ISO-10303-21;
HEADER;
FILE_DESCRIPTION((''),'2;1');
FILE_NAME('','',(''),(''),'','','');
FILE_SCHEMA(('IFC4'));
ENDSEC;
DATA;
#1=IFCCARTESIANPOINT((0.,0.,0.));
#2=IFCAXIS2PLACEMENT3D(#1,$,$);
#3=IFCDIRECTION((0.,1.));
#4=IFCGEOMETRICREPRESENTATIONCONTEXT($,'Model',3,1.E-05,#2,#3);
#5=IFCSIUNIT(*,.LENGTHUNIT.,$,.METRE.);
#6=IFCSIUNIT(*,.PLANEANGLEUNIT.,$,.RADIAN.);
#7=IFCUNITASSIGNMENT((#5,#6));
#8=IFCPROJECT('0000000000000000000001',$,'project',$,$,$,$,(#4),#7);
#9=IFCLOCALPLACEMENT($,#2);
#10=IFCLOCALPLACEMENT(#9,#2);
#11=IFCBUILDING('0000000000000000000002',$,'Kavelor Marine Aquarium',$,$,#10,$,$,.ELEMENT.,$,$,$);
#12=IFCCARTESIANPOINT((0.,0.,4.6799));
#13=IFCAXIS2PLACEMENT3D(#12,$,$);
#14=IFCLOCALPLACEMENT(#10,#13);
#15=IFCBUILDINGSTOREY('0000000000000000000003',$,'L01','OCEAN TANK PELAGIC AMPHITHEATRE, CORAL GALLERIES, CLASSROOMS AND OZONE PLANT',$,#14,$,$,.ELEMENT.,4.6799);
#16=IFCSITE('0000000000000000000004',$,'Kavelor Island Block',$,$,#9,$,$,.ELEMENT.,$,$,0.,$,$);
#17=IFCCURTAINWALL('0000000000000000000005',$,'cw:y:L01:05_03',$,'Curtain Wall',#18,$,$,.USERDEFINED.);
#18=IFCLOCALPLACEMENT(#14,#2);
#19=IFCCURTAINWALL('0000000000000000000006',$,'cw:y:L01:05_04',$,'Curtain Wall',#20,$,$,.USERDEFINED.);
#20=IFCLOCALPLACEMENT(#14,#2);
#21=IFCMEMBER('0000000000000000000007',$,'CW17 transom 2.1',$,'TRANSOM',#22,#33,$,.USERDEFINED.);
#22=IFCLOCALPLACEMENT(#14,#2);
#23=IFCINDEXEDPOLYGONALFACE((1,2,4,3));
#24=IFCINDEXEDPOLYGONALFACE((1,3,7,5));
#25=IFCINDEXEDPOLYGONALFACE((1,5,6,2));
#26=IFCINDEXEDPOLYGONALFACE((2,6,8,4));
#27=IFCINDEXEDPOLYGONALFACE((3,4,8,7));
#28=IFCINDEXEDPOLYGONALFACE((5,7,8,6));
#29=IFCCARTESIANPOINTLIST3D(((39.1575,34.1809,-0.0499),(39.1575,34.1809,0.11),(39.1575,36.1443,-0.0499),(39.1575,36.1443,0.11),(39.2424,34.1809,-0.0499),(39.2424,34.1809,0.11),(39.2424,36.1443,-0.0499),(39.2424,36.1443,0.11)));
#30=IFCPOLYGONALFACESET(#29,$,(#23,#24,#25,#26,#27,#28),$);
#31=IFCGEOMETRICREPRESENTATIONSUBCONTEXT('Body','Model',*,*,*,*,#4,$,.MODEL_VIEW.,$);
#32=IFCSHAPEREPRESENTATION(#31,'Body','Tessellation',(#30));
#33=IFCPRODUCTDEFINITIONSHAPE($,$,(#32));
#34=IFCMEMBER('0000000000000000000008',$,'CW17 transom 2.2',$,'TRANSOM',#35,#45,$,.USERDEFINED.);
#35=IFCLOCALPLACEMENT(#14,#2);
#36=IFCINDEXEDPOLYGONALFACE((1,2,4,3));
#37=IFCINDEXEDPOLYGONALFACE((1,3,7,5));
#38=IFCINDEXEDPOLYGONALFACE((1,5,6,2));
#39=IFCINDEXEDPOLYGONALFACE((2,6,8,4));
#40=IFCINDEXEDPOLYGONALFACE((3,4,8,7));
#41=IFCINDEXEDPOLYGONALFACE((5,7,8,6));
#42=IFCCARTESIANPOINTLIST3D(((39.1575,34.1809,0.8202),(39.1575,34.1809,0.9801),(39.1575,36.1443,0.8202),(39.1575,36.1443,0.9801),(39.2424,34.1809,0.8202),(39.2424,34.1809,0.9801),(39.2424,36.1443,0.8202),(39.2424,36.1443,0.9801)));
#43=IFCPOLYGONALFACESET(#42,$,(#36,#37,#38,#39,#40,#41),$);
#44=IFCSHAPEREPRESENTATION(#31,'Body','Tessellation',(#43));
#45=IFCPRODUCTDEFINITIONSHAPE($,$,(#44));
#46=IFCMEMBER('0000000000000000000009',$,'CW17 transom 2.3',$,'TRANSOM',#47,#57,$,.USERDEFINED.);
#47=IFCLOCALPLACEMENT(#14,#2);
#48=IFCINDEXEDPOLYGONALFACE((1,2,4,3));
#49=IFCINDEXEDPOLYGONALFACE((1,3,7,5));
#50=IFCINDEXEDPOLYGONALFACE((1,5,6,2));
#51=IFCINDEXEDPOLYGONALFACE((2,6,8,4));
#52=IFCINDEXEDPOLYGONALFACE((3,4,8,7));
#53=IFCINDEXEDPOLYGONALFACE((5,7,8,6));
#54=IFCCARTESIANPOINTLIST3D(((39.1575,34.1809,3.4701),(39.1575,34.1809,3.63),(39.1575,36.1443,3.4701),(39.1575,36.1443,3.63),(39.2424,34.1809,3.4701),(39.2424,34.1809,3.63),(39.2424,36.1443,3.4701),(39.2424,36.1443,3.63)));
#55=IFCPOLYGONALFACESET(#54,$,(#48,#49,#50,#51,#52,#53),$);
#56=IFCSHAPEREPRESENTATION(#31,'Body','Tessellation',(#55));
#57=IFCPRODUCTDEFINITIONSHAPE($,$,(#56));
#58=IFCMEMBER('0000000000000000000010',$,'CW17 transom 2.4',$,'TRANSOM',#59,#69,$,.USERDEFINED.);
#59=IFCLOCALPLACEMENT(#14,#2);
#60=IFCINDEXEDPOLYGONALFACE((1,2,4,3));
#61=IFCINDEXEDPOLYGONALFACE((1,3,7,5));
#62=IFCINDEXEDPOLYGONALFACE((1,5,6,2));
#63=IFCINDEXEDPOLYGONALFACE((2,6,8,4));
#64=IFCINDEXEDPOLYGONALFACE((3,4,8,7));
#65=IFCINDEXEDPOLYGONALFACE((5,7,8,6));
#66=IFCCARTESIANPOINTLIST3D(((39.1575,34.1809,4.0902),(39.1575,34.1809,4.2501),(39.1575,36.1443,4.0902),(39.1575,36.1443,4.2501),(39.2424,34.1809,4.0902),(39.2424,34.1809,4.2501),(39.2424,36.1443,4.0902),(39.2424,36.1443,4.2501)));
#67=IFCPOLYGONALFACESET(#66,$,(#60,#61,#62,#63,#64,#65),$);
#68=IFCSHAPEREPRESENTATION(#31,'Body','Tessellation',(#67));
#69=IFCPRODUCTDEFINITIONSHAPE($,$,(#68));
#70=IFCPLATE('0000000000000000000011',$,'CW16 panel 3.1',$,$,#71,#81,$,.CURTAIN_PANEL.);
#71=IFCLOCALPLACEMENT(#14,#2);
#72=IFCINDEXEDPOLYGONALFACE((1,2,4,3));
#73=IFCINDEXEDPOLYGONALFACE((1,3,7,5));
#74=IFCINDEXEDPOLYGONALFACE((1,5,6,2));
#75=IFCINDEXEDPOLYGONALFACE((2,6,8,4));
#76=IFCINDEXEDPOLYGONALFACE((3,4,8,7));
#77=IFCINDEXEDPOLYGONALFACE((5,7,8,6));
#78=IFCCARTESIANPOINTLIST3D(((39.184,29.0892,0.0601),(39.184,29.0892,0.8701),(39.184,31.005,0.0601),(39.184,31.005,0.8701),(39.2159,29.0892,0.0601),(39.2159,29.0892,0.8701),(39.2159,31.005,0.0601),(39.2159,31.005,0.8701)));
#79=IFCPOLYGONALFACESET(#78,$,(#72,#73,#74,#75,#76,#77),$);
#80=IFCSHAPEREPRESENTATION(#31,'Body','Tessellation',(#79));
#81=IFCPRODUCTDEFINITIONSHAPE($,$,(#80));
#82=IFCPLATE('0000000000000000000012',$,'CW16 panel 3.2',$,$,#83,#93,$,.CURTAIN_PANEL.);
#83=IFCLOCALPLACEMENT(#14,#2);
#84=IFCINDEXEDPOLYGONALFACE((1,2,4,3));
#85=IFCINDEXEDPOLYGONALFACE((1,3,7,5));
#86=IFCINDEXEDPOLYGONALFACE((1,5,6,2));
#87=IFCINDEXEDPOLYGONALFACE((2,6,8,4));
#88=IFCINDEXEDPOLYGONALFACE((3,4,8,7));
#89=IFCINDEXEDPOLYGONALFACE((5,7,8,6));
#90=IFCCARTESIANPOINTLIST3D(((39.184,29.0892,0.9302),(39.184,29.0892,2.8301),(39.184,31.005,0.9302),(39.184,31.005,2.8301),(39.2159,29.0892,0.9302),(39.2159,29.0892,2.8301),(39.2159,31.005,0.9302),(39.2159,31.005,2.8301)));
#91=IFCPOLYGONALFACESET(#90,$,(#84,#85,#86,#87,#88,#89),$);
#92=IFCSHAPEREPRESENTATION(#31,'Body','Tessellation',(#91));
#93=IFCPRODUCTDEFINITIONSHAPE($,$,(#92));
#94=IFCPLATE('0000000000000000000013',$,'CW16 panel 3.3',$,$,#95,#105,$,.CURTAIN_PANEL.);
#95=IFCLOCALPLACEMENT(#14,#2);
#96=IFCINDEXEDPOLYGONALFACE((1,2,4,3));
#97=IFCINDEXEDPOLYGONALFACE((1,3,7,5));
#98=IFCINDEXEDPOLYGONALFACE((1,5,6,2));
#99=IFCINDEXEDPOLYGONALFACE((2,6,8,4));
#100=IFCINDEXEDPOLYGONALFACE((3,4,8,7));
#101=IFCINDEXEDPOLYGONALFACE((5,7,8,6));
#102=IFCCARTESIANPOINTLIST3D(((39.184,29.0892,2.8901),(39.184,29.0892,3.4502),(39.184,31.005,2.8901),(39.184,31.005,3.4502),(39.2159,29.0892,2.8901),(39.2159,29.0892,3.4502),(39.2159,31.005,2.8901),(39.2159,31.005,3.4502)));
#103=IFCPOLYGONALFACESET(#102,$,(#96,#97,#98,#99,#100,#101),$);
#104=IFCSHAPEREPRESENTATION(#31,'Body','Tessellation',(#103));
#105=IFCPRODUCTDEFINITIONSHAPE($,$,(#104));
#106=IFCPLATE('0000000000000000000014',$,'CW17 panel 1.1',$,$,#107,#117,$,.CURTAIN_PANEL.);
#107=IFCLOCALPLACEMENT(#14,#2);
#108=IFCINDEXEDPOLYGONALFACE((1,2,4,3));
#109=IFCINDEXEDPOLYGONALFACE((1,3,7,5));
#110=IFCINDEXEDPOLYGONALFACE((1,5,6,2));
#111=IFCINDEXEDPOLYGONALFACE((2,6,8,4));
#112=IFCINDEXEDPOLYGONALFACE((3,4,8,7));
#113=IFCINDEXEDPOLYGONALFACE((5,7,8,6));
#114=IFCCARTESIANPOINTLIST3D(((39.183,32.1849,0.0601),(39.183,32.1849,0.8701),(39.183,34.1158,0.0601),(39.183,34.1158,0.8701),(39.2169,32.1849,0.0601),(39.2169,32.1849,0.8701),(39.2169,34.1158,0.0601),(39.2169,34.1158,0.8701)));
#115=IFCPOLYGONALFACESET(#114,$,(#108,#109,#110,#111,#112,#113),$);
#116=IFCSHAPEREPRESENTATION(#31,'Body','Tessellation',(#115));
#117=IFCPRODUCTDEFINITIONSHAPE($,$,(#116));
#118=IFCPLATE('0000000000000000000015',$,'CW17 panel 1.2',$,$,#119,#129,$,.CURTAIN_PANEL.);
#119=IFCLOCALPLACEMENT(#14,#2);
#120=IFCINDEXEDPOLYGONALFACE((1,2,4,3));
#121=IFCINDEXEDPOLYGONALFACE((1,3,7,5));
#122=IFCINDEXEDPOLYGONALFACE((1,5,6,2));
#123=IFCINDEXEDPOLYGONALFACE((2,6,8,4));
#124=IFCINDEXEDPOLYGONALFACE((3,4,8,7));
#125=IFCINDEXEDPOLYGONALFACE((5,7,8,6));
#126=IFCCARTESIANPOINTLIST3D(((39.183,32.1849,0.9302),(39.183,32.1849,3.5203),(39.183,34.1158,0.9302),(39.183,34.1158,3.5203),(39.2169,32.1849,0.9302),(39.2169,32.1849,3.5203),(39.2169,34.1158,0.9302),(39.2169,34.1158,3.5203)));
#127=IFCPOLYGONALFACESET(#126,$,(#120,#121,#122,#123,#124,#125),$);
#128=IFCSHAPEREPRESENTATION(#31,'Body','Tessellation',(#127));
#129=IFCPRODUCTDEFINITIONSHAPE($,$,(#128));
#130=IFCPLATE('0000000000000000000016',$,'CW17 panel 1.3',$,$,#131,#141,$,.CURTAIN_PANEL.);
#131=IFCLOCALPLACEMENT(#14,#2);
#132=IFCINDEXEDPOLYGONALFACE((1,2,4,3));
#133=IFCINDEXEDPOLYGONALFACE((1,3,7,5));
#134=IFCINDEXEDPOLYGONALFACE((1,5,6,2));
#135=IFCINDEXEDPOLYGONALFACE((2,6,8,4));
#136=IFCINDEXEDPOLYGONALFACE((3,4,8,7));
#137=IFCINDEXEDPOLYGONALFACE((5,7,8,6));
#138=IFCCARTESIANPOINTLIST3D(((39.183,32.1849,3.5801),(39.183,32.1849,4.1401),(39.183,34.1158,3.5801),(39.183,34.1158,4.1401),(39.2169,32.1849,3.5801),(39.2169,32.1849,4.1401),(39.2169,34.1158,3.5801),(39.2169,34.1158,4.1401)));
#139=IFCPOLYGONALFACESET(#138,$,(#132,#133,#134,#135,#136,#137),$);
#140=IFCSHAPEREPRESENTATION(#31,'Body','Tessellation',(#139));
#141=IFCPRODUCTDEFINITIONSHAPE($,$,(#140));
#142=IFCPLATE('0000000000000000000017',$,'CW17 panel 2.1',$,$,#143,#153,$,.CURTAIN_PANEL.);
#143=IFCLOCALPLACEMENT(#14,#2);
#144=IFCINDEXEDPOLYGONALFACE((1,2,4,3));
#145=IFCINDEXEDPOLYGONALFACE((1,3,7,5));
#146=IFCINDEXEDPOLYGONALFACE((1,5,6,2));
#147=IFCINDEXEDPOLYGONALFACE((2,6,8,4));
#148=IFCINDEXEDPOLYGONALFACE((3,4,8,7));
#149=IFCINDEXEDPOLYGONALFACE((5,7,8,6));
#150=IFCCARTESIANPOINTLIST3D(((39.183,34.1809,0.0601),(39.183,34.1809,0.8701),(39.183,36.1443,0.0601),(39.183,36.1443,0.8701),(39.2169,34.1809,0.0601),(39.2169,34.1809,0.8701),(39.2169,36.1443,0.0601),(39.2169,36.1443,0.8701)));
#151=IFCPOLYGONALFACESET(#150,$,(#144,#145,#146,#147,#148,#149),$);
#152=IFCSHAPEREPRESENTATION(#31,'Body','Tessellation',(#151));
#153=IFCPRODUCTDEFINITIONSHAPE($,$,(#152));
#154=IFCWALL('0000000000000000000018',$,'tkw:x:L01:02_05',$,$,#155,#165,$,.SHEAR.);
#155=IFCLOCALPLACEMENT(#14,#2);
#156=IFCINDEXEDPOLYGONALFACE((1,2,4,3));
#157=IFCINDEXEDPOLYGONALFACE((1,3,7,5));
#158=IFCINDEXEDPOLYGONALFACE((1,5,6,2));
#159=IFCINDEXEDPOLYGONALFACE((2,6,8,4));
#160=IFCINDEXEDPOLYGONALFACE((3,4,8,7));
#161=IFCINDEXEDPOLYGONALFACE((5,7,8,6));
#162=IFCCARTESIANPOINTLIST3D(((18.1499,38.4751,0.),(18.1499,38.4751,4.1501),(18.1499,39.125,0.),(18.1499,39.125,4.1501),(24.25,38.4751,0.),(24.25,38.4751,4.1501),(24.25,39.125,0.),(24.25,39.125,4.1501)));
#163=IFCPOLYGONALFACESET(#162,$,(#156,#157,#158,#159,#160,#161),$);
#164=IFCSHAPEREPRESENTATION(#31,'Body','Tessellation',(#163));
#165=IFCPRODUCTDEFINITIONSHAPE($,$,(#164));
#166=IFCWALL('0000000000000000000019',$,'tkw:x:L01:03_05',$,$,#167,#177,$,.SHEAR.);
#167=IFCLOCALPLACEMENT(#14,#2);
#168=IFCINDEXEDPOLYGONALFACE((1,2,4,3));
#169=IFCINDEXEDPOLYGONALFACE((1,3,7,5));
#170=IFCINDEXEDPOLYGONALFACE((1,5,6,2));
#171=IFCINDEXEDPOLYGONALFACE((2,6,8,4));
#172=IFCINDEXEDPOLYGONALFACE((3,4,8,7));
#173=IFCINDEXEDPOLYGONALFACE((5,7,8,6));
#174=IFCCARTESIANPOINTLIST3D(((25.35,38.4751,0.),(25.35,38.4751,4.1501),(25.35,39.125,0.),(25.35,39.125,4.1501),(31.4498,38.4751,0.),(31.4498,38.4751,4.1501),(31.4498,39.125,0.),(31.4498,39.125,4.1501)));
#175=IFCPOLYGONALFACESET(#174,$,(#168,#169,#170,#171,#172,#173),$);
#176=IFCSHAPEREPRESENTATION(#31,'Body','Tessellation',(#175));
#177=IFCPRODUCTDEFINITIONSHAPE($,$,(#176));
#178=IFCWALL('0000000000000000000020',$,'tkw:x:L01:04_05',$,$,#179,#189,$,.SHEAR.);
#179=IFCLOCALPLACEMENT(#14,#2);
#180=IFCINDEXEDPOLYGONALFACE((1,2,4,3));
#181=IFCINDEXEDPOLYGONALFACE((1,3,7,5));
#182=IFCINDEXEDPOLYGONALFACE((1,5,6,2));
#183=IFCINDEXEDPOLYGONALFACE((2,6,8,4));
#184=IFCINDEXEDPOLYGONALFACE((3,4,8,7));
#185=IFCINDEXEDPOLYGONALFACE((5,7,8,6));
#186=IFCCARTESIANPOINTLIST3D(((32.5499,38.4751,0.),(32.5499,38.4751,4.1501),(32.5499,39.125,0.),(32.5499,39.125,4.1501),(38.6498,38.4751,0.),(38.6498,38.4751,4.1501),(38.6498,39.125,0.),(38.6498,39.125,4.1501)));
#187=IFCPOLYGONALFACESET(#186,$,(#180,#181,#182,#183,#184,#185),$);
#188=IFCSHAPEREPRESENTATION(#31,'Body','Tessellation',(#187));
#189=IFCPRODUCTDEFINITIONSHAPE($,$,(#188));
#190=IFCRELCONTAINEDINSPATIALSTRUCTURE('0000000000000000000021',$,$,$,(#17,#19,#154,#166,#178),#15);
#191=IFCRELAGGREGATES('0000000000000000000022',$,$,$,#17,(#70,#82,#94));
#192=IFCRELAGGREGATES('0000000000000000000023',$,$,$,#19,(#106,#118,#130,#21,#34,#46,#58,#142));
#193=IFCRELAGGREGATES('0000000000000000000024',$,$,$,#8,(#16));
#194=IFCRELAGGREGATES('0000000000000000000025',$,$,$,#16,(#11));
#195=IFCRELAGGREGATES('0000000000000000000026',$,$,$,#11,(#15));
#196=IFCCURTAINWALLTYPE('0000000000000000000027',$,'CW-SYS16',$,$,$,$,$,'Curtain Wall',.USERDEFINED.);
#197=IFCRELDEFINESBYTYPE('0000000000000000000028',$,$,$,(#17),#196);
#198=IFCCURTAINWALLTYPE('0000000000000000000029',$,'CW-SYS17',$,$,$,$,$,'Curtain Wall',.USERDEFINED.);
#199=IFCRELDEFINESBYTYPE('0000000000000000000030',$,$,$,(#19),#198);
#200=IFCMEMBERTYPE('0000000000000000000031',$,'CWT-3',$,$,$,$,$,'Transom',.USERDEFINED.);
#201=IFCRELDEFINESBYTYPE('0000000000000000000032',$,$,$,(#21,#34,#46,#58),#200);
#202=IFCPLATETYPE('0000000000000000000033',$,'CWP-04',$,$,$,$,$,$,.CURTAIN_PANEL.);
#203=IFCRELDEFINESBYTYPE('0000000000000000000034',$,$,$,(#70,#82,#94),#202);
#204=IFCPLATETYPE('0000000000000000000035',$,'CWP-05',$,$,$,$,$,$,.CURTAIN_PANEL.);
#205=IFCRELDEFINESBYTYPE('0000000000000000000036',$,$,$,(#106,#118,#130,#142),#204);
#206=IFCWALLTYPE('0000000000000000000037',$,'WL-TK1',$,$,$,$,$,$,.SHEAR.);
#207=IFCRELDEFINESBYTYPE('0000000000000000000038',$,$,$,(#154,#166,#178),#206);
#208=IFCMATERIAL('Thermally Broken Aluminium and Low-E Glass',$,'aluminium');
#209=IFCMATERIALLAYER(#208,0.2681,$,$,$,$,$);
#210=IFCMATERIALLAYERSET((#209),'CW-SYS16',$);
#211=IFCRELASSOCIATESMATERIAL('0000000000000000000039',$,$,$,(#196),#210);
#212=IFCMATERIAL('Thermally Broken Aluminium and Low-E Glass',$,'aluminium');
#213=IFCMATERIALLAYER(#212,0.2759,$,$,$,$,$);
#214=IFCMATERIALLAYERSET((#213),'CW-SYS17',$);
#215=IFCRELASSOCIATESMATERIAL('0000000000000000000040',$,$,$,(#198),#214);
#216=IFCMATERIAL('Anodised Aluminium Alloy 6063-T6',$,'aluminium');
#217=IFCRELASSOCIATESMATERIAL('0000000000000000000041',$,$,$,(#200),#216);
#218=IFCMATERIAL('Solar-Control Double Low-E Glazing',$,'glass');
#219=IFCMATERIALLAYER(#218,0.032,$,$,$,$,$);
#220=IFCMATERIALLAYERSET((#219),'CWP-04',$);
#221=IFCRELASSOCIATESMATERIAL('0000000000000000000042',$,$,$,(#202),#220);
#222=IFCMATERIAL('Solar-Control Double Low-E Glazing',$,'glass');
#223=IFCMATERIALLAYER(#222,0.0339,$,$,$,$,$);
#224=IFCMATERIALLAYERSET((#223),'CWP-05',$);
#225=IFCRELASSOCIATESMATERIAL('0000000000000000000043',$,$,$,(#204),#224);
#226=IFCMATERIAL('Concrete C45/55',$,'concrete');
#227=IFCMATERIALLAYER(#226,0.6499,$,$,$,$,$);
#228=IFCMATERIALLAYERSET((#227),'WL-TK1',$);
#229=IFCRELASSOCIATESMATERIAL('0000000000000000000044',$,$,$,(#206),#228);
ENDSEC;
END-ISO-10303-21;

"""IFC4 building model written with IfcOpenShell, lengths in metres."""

from ifc_helpers import new_model, si_unit, direction, frame, frame_2d, origin, origin_2d, place, context, subcontext, project, spatial, rectangle, extrude, material, layer, layer_set, material_profile, profile_set, type_object, element, aggregate, save


model = new_model("IFC4")

# Units and contexts
model_context = context("Model", 3, precision=1e-05, world=origin(), true_north=direction((0.0, 1.0)))
body_context = subcontext(model_context, "Body", "Model", "MODEL_VIEW")
ifc_project = project(units=[si_unit("LENGTHUNIT", "METRE"), si_unit("PLANEANGLEUNIT", "RADIAN")], contexts=[model_context])

# Site, building, storey
site_placement = place(None, origin())
site = spatial("IfcSite", under=ifc_project, at=site_placement, Name="Kavelor Island Block", CompositionType="ELEMENT", RefElevation=0.0)
building_placement = place(site_placement, origin())
building = spatial("IfcBuilding", under=site, at=building_placement, Name="Kavelor Marine Aquarium", CompositionType="ELEMENT")
storey_placement = place(building_placement, frame((0.0, 0.0, 4.6799)))
storey = spatial("IfcBuildingStorey", under=building, at=storey_placement, Name="L01", Description="OCEAN TANK PELAGIC AMPHITHEATRE, CORAL GALLERIES, CLASSROOMS AND OZONE PLANT", CompositionType="ELEMENT", Elevation=4.6799)

# Curtain wall
ifc_material_1 = material(Name="Thermally Broken Aluminium and Low-E Glass", Category="aluminium")
ifc_layer_1 = layer(ifc_material_1, 0.2681)
ifc_layer_set_1 = layer_set([ifc_layer_1], Name="CW-SYS16")
curtain_wall_type_1 = type_object("IfcCurtainWallType", Name="CW-SYS16", ElementType="Curtain Wall", PredefinedType="USERDEFINED", material=ifc_layer_set_1)
curtain_wall_1_placement = place(storey_placement, origin())
curtain_wall_1 = element("IfcCurtainWall", 1, at=curtain_wall_1_placement, inside=storey, type_object=curtain_wall_type_1, Name="cw:y:L01:05_03", ObjectType="Curtain Wall", PredefinedType="USERDEFINED")

# Curtain wall, members
ifc_material_2 = material(Name="Thermally Broken Aluminium and Low-E Glass", Category="aluminium")
ifc_layer_2 = layer(ifc_material_2, 0.2759)
ifc_layer_set_2 = layer_set([ifc_layer_2], Name="CW-SYS17")
curtain_wall_type_2 = type_object("IfcCurtainWallType", Name="CW-SYS17", ElementType="Curtain Wall", PredefinedType="USERDEFINED", material=ifc_layer_set_2)
curtain_wall_2_placement = place(storey_placement, origin())
curtain_wall_2 = element("IfcCurtainWall", 2, at=curtain_wall_2_placement, inside=storey, type_object=curtain_wall_type_2, Name="cw:y:L01:05_04", ObjectType="Curtain Wall", PredefinedType="USERDEFINED")
ifc_material_3 = material(Name="Anodised Aluminium Alloy 6063-T6", Category="aluminium")
ifc_material_profile_1 = material_profile(ifc_material_3, rectangle(XDim=0.085, YDim=0.1599, at=origin_2d()), Name="CW-TRN 85x160")
ifc_profile_set_1 = profile_set([ifc_material_profile_1], Name="Anodised Aluminium Alloy 6063-T6")
member_type_1 = type_object("IfcMemberType", Name="CWT-3", ElementType="Transom", PredefinedType="USERDEFINED", material=ifc_profile_set_1)
member_1_placement = place(storey_placement, frame((39.2, 34.1809, 0.03), z_axis=(0.0, 1.0, 0.0), x_axis=(-1.0, 0.0, 0.0)))
member_1 = element("IfcMember", 3, at=member_1_placement, type_object=member_type_1, Name="CW17 transom 2.1", ObjectType="TRANSOM", PredefinedType="USERDEFINED", context=body_context, shape_type="SweptSolid", body=[
    extrude(rectangle(XDim=0.085, YDim=0.1599, at=origin_2d()), origin(), (0.0, 0.0, 1.0), 1.9634),
])
member_2_placement = place(storey_placement, frame((39.2, 34.1809, 0.9001), z_axis=(0.0, 1.0, 0.0), x_axis=(-1.0, 0.0, 0.0)))
member_2 = element("IfcMember", 4, at=member_2_placement, type_object=member_type_1, Name="CW17 transom 2.2", ObjectType="TRANSOM", PredefinedType="USERDEFINED", context=body_context, shape_type="SweptSolid", body=[
    extrude(rectangle(XDim=0.085, YDim=0.1599, at=origin_2d()), origin(), (0.0, 0.0, 1.0), 1.9634),
])
member_3_placement = place(storey_placement, frame((39.2, 34.1809, 3.55), z_axis=(0.0, 1.0, 0.0), x_axis=(-1.0, 0.0, 0.0)))
member_3 = element("IfcMember", 5, at=member_3_placement, type_object=member_type_1, Name="CW17 transom 2.3", ObjectType="TRANSOM", PredefinedType="USERDEFINED", context=body_context, shape_type="SweptSolid", body=[
    extrude(rectangle(XDim=0.085, YDim=0.1599, at=origin_2d()), origin(), (0.0, 0.0, 1.0), 1.9634),
])
member_4_placement = place(storey_placement, frame((39.2, 34.1809, 4.1702), z_axis=(0.0, 1.0, 0.0), x_axis=(-1.0, 0.0, 0.0)))
member_4 = element("IfcMember", 6, at=member_4_placement, type_object=member_type_1, Name="CW17 transom 2.4", ObjectType="TRANSOM", PredefinedType="USERDEFINED", context=body_context, shape_type="SweptSolid", body=[
    extrude(rectangle(XDim=0.085, YDim=0.1599, at=origin_2d()), origin(), (0.0, 0.0, 1.0), 1.9634),
])

# Plates
ifc_material_4 = material(Name="Solar-Control Double Low-E Glazing", Category="glass")
ifc_layer_3 = layer(ifc_material_4, 0.032)
ifc_layer_set_3 = layer_set([ifc_layer_3], Name="CWP-04")
plate_type_1 = type_object("IfcPlateType", Name="CWP-04", PredefinedType="CURTAIN_PANEL", material=ifc_layer_set_3)
plate_1_placement = place(storey_placement, frame((39.2, 30.0471, 0.0601), z_axis=(0.0, 0.0, 1.0), x_axis=(0.0, 1.0, 0.0)))
plate_1 = element("IfcPlate", 7, at=plate_1_placement, type_object=plate_type_1, Name="CW16 panel 3.1", PredefinedType="CURTAIN_PANEL", context=body_context, shape_type="SweptSolid", body=[
    extrude(rectangle(XDim=1.9158, YDim=0.032, at=origin_2d()), origin(), (0.0, 0.0, 1.0), 0.8101),
])
plate_2_placement = place(storey_placement, frame((39.2, 30.0471, 0.9302), z_axis=(0.0, 0.0, 1.0), x_axis=(0.0, 1.0, 0.0)))
plate_2 = element("IfcPlate", 8, at=plate_2_placement, type_object=plate_type_1, Name="CW16 panel 3.2", PredefinedType="CURTAIN_PANEL", context=body_context, shape_type="SweptSolid", body=[
    extrude(rectangle(XDim=1.9158, YDim=0.032, at=origin_2d()), origin(), (0.0, 0.0, 1.0), 1.8999),
])
plate_3_placement = place(storey_placement, frame((39.2, 30.0471, 2.8901), z_axis=(0.0, 0.0, 1.0), x_axis=(0.0, 1.0, 0.0)))
plate_3 = element("IfcPlate", 9, at=plate_3_placement, type_object=plate_type_1, Name="CW16 panel 3.3", PredefinedType="CURTAIN_PANEL", context=body_context, shape_type="SweptSolid", body=[
    extrude(rectangle(XDim=1.9158, YDim=0.032, at=origin_2d()), origin(), (0.0, 0.0, 1.0), 0.5601),
])
aggregate(curtain_wall_1, [plate_1, plate_2, plate_3])
ifc_material_5 = material(Name="Solar-Control Double Low-E Glazing", Category="glass")
ifc_layer_4 = layer(ifc_material_5, 0.0339)
ifc_layer_set_4 = layer_set([ifc_layer_4], Name="CWP-05")
plate_type_2 = type_object("IfcPlateType", Name="CWP-05", PredefinedType="CURTAIN_PANEL", material=ifc_layer_set_4)
plate_4_placement = place(storey_placement, frame((39.2, 33.1504, 0.0601), z_axis=(0.0, 0.0, 1.0), x_axis=(0.0, 1.0, 0.0)))
plate_4 = element("IfcPlate", 10, at=plate_4_placement, type_object=plate_type_2, Name="CW17 panel 1.1", PredefinedType="CURTAIN_PANEL", context=body_context, shape_type="SweptSolid", body=[
    extrude(rectangle(XDim=1.9309, YDim=0.0339, at=origin_2d()), origin(), (0.0, 0.0, 1.0), 0.8101),
])
plate_5_placement = place(storey_placement, frame((39.2, 33.1504, 0.9302), z_axis=(0.0, 0.0, 1.0), x_axis=(0.0, 1.0, 0.0)))
plate_5 = element("IfcPlate", 11, at=plate_5_placement, type_object=plate_type_2, Name="CW17 panel 1.2", PredefinedType="CURTAIN_PANEL", context=body_context, shape_type="SweptSolid", body=[
    extrude(rectangle(XDim=1.9309, YDim=0.0339, at=origin_2d()), origin(), (0.0, 0.0, 1.0), 2.5901),
])
plate_6_placement = place(storey_placement, frame((39.2, 33.1504, 3.5801), z_axis=(0.0, 0.0, 1.0), x_axis=(0.0, 1.0, 0.0)))
plate_6 = element("IfcPlate", 12, at=plate_6_placement, type_object=plate_type_2, Name="CW17 panel 1.3", PredefinedType="CURTAIN_PANEL", context=body_context, shape_type="SweptSolid", body=[
    extrude(rectangle(XDim=1.9309, YDim=0.0339, at=origin_2d()), origin(), (0.0, 0.0, 1.0), 0.5601),
])
plate_7_placement = place(storey_placement, frame((39.2, 35.1626, 0.0601), z_axis=(0.0, 0.0, 1.0), x_axis=(0.0, 1.0, 0.0)))
plate_7 = element("IfcPlate", 13, at=plate_7_placement, type_object=plate_type_2, Name="CW17 panel 2.1", PredefinedType="CURTAIN_PANEL", context=body_context, shape_type="SweptSolid", body=[
    extrude(rectangle(XDim=1.9634, YDim=0.0339, at=origin_2d()), origin(), (0.0, 0.0, 1.0), 0.8101),
])
aggregate(curtain_wall_2, [plate_4, plate_5, plate_6, member_1, member_2, member_3, member_4, plate_7])

# Walls
ifc_material_6 = material(Name="Concrete C45/55", Category="concrete")
ifc_layer_5 = layer(ifc_material_6, 0.6499)
ifc_layer_set_5 = layer_set([ifc_layer_5], Name="WL-TK1")
wall_type = type_object("IfcWallType", Name="WL-TK1", PredefinedType="SHEAR", material=ifc_layer_set_5)
wall_placement = place(storey_placement, frame((18.1499, 38.8, 0.0), z_axis=(0.0, 0.0, 1.0), x_axis=(1.0, 0.0, 0.0)))
element("IfcWall", 14, at=wall_placement, inside=storey, type_object=wall_type, Name="tkw:x:L01:02_05", PredefinedType="SHEAR", context=body_context, shape_type="SweptSolid", body=[
    extrude(rectangle(XDim=6.1001, YDim=0.6499, at=frame_2d((3.05, 0.0))), origin(), (0.0, 0.0, 1.0), 4.1501),
])
for number, where, z_axis, x_axis, name in (
    (15, (25.3501, 38.8, 0.0), (0.0, 0.0, 1.0), (1.0, 0.0, 0.0), "tkw:x:L01:03_05"),
    (16, (32.55, 38.8, 0.0), (0.0, 0.0, 1.0), (1.0, 0.0, 0.0), "tkw:x:L01:04_05"),
):
    element("IfcWall", number, at=place(storey_placement, frame(where, z_axis=z_axis, x_axis=x_axis)), inside=storey, type_object=wall_type, Name=name, PredefinedType="SHEAR", context=body_context, shape_type="SweptSolid", body=[
        extrude(rectangle(XDim=6.0999, YDim=0.6499, at=frame_2d((3.0498, 0.0))), origin(), (0.0, 0.0, 1.0), 4.1501),
    ])

save(model, "model.ifc")
